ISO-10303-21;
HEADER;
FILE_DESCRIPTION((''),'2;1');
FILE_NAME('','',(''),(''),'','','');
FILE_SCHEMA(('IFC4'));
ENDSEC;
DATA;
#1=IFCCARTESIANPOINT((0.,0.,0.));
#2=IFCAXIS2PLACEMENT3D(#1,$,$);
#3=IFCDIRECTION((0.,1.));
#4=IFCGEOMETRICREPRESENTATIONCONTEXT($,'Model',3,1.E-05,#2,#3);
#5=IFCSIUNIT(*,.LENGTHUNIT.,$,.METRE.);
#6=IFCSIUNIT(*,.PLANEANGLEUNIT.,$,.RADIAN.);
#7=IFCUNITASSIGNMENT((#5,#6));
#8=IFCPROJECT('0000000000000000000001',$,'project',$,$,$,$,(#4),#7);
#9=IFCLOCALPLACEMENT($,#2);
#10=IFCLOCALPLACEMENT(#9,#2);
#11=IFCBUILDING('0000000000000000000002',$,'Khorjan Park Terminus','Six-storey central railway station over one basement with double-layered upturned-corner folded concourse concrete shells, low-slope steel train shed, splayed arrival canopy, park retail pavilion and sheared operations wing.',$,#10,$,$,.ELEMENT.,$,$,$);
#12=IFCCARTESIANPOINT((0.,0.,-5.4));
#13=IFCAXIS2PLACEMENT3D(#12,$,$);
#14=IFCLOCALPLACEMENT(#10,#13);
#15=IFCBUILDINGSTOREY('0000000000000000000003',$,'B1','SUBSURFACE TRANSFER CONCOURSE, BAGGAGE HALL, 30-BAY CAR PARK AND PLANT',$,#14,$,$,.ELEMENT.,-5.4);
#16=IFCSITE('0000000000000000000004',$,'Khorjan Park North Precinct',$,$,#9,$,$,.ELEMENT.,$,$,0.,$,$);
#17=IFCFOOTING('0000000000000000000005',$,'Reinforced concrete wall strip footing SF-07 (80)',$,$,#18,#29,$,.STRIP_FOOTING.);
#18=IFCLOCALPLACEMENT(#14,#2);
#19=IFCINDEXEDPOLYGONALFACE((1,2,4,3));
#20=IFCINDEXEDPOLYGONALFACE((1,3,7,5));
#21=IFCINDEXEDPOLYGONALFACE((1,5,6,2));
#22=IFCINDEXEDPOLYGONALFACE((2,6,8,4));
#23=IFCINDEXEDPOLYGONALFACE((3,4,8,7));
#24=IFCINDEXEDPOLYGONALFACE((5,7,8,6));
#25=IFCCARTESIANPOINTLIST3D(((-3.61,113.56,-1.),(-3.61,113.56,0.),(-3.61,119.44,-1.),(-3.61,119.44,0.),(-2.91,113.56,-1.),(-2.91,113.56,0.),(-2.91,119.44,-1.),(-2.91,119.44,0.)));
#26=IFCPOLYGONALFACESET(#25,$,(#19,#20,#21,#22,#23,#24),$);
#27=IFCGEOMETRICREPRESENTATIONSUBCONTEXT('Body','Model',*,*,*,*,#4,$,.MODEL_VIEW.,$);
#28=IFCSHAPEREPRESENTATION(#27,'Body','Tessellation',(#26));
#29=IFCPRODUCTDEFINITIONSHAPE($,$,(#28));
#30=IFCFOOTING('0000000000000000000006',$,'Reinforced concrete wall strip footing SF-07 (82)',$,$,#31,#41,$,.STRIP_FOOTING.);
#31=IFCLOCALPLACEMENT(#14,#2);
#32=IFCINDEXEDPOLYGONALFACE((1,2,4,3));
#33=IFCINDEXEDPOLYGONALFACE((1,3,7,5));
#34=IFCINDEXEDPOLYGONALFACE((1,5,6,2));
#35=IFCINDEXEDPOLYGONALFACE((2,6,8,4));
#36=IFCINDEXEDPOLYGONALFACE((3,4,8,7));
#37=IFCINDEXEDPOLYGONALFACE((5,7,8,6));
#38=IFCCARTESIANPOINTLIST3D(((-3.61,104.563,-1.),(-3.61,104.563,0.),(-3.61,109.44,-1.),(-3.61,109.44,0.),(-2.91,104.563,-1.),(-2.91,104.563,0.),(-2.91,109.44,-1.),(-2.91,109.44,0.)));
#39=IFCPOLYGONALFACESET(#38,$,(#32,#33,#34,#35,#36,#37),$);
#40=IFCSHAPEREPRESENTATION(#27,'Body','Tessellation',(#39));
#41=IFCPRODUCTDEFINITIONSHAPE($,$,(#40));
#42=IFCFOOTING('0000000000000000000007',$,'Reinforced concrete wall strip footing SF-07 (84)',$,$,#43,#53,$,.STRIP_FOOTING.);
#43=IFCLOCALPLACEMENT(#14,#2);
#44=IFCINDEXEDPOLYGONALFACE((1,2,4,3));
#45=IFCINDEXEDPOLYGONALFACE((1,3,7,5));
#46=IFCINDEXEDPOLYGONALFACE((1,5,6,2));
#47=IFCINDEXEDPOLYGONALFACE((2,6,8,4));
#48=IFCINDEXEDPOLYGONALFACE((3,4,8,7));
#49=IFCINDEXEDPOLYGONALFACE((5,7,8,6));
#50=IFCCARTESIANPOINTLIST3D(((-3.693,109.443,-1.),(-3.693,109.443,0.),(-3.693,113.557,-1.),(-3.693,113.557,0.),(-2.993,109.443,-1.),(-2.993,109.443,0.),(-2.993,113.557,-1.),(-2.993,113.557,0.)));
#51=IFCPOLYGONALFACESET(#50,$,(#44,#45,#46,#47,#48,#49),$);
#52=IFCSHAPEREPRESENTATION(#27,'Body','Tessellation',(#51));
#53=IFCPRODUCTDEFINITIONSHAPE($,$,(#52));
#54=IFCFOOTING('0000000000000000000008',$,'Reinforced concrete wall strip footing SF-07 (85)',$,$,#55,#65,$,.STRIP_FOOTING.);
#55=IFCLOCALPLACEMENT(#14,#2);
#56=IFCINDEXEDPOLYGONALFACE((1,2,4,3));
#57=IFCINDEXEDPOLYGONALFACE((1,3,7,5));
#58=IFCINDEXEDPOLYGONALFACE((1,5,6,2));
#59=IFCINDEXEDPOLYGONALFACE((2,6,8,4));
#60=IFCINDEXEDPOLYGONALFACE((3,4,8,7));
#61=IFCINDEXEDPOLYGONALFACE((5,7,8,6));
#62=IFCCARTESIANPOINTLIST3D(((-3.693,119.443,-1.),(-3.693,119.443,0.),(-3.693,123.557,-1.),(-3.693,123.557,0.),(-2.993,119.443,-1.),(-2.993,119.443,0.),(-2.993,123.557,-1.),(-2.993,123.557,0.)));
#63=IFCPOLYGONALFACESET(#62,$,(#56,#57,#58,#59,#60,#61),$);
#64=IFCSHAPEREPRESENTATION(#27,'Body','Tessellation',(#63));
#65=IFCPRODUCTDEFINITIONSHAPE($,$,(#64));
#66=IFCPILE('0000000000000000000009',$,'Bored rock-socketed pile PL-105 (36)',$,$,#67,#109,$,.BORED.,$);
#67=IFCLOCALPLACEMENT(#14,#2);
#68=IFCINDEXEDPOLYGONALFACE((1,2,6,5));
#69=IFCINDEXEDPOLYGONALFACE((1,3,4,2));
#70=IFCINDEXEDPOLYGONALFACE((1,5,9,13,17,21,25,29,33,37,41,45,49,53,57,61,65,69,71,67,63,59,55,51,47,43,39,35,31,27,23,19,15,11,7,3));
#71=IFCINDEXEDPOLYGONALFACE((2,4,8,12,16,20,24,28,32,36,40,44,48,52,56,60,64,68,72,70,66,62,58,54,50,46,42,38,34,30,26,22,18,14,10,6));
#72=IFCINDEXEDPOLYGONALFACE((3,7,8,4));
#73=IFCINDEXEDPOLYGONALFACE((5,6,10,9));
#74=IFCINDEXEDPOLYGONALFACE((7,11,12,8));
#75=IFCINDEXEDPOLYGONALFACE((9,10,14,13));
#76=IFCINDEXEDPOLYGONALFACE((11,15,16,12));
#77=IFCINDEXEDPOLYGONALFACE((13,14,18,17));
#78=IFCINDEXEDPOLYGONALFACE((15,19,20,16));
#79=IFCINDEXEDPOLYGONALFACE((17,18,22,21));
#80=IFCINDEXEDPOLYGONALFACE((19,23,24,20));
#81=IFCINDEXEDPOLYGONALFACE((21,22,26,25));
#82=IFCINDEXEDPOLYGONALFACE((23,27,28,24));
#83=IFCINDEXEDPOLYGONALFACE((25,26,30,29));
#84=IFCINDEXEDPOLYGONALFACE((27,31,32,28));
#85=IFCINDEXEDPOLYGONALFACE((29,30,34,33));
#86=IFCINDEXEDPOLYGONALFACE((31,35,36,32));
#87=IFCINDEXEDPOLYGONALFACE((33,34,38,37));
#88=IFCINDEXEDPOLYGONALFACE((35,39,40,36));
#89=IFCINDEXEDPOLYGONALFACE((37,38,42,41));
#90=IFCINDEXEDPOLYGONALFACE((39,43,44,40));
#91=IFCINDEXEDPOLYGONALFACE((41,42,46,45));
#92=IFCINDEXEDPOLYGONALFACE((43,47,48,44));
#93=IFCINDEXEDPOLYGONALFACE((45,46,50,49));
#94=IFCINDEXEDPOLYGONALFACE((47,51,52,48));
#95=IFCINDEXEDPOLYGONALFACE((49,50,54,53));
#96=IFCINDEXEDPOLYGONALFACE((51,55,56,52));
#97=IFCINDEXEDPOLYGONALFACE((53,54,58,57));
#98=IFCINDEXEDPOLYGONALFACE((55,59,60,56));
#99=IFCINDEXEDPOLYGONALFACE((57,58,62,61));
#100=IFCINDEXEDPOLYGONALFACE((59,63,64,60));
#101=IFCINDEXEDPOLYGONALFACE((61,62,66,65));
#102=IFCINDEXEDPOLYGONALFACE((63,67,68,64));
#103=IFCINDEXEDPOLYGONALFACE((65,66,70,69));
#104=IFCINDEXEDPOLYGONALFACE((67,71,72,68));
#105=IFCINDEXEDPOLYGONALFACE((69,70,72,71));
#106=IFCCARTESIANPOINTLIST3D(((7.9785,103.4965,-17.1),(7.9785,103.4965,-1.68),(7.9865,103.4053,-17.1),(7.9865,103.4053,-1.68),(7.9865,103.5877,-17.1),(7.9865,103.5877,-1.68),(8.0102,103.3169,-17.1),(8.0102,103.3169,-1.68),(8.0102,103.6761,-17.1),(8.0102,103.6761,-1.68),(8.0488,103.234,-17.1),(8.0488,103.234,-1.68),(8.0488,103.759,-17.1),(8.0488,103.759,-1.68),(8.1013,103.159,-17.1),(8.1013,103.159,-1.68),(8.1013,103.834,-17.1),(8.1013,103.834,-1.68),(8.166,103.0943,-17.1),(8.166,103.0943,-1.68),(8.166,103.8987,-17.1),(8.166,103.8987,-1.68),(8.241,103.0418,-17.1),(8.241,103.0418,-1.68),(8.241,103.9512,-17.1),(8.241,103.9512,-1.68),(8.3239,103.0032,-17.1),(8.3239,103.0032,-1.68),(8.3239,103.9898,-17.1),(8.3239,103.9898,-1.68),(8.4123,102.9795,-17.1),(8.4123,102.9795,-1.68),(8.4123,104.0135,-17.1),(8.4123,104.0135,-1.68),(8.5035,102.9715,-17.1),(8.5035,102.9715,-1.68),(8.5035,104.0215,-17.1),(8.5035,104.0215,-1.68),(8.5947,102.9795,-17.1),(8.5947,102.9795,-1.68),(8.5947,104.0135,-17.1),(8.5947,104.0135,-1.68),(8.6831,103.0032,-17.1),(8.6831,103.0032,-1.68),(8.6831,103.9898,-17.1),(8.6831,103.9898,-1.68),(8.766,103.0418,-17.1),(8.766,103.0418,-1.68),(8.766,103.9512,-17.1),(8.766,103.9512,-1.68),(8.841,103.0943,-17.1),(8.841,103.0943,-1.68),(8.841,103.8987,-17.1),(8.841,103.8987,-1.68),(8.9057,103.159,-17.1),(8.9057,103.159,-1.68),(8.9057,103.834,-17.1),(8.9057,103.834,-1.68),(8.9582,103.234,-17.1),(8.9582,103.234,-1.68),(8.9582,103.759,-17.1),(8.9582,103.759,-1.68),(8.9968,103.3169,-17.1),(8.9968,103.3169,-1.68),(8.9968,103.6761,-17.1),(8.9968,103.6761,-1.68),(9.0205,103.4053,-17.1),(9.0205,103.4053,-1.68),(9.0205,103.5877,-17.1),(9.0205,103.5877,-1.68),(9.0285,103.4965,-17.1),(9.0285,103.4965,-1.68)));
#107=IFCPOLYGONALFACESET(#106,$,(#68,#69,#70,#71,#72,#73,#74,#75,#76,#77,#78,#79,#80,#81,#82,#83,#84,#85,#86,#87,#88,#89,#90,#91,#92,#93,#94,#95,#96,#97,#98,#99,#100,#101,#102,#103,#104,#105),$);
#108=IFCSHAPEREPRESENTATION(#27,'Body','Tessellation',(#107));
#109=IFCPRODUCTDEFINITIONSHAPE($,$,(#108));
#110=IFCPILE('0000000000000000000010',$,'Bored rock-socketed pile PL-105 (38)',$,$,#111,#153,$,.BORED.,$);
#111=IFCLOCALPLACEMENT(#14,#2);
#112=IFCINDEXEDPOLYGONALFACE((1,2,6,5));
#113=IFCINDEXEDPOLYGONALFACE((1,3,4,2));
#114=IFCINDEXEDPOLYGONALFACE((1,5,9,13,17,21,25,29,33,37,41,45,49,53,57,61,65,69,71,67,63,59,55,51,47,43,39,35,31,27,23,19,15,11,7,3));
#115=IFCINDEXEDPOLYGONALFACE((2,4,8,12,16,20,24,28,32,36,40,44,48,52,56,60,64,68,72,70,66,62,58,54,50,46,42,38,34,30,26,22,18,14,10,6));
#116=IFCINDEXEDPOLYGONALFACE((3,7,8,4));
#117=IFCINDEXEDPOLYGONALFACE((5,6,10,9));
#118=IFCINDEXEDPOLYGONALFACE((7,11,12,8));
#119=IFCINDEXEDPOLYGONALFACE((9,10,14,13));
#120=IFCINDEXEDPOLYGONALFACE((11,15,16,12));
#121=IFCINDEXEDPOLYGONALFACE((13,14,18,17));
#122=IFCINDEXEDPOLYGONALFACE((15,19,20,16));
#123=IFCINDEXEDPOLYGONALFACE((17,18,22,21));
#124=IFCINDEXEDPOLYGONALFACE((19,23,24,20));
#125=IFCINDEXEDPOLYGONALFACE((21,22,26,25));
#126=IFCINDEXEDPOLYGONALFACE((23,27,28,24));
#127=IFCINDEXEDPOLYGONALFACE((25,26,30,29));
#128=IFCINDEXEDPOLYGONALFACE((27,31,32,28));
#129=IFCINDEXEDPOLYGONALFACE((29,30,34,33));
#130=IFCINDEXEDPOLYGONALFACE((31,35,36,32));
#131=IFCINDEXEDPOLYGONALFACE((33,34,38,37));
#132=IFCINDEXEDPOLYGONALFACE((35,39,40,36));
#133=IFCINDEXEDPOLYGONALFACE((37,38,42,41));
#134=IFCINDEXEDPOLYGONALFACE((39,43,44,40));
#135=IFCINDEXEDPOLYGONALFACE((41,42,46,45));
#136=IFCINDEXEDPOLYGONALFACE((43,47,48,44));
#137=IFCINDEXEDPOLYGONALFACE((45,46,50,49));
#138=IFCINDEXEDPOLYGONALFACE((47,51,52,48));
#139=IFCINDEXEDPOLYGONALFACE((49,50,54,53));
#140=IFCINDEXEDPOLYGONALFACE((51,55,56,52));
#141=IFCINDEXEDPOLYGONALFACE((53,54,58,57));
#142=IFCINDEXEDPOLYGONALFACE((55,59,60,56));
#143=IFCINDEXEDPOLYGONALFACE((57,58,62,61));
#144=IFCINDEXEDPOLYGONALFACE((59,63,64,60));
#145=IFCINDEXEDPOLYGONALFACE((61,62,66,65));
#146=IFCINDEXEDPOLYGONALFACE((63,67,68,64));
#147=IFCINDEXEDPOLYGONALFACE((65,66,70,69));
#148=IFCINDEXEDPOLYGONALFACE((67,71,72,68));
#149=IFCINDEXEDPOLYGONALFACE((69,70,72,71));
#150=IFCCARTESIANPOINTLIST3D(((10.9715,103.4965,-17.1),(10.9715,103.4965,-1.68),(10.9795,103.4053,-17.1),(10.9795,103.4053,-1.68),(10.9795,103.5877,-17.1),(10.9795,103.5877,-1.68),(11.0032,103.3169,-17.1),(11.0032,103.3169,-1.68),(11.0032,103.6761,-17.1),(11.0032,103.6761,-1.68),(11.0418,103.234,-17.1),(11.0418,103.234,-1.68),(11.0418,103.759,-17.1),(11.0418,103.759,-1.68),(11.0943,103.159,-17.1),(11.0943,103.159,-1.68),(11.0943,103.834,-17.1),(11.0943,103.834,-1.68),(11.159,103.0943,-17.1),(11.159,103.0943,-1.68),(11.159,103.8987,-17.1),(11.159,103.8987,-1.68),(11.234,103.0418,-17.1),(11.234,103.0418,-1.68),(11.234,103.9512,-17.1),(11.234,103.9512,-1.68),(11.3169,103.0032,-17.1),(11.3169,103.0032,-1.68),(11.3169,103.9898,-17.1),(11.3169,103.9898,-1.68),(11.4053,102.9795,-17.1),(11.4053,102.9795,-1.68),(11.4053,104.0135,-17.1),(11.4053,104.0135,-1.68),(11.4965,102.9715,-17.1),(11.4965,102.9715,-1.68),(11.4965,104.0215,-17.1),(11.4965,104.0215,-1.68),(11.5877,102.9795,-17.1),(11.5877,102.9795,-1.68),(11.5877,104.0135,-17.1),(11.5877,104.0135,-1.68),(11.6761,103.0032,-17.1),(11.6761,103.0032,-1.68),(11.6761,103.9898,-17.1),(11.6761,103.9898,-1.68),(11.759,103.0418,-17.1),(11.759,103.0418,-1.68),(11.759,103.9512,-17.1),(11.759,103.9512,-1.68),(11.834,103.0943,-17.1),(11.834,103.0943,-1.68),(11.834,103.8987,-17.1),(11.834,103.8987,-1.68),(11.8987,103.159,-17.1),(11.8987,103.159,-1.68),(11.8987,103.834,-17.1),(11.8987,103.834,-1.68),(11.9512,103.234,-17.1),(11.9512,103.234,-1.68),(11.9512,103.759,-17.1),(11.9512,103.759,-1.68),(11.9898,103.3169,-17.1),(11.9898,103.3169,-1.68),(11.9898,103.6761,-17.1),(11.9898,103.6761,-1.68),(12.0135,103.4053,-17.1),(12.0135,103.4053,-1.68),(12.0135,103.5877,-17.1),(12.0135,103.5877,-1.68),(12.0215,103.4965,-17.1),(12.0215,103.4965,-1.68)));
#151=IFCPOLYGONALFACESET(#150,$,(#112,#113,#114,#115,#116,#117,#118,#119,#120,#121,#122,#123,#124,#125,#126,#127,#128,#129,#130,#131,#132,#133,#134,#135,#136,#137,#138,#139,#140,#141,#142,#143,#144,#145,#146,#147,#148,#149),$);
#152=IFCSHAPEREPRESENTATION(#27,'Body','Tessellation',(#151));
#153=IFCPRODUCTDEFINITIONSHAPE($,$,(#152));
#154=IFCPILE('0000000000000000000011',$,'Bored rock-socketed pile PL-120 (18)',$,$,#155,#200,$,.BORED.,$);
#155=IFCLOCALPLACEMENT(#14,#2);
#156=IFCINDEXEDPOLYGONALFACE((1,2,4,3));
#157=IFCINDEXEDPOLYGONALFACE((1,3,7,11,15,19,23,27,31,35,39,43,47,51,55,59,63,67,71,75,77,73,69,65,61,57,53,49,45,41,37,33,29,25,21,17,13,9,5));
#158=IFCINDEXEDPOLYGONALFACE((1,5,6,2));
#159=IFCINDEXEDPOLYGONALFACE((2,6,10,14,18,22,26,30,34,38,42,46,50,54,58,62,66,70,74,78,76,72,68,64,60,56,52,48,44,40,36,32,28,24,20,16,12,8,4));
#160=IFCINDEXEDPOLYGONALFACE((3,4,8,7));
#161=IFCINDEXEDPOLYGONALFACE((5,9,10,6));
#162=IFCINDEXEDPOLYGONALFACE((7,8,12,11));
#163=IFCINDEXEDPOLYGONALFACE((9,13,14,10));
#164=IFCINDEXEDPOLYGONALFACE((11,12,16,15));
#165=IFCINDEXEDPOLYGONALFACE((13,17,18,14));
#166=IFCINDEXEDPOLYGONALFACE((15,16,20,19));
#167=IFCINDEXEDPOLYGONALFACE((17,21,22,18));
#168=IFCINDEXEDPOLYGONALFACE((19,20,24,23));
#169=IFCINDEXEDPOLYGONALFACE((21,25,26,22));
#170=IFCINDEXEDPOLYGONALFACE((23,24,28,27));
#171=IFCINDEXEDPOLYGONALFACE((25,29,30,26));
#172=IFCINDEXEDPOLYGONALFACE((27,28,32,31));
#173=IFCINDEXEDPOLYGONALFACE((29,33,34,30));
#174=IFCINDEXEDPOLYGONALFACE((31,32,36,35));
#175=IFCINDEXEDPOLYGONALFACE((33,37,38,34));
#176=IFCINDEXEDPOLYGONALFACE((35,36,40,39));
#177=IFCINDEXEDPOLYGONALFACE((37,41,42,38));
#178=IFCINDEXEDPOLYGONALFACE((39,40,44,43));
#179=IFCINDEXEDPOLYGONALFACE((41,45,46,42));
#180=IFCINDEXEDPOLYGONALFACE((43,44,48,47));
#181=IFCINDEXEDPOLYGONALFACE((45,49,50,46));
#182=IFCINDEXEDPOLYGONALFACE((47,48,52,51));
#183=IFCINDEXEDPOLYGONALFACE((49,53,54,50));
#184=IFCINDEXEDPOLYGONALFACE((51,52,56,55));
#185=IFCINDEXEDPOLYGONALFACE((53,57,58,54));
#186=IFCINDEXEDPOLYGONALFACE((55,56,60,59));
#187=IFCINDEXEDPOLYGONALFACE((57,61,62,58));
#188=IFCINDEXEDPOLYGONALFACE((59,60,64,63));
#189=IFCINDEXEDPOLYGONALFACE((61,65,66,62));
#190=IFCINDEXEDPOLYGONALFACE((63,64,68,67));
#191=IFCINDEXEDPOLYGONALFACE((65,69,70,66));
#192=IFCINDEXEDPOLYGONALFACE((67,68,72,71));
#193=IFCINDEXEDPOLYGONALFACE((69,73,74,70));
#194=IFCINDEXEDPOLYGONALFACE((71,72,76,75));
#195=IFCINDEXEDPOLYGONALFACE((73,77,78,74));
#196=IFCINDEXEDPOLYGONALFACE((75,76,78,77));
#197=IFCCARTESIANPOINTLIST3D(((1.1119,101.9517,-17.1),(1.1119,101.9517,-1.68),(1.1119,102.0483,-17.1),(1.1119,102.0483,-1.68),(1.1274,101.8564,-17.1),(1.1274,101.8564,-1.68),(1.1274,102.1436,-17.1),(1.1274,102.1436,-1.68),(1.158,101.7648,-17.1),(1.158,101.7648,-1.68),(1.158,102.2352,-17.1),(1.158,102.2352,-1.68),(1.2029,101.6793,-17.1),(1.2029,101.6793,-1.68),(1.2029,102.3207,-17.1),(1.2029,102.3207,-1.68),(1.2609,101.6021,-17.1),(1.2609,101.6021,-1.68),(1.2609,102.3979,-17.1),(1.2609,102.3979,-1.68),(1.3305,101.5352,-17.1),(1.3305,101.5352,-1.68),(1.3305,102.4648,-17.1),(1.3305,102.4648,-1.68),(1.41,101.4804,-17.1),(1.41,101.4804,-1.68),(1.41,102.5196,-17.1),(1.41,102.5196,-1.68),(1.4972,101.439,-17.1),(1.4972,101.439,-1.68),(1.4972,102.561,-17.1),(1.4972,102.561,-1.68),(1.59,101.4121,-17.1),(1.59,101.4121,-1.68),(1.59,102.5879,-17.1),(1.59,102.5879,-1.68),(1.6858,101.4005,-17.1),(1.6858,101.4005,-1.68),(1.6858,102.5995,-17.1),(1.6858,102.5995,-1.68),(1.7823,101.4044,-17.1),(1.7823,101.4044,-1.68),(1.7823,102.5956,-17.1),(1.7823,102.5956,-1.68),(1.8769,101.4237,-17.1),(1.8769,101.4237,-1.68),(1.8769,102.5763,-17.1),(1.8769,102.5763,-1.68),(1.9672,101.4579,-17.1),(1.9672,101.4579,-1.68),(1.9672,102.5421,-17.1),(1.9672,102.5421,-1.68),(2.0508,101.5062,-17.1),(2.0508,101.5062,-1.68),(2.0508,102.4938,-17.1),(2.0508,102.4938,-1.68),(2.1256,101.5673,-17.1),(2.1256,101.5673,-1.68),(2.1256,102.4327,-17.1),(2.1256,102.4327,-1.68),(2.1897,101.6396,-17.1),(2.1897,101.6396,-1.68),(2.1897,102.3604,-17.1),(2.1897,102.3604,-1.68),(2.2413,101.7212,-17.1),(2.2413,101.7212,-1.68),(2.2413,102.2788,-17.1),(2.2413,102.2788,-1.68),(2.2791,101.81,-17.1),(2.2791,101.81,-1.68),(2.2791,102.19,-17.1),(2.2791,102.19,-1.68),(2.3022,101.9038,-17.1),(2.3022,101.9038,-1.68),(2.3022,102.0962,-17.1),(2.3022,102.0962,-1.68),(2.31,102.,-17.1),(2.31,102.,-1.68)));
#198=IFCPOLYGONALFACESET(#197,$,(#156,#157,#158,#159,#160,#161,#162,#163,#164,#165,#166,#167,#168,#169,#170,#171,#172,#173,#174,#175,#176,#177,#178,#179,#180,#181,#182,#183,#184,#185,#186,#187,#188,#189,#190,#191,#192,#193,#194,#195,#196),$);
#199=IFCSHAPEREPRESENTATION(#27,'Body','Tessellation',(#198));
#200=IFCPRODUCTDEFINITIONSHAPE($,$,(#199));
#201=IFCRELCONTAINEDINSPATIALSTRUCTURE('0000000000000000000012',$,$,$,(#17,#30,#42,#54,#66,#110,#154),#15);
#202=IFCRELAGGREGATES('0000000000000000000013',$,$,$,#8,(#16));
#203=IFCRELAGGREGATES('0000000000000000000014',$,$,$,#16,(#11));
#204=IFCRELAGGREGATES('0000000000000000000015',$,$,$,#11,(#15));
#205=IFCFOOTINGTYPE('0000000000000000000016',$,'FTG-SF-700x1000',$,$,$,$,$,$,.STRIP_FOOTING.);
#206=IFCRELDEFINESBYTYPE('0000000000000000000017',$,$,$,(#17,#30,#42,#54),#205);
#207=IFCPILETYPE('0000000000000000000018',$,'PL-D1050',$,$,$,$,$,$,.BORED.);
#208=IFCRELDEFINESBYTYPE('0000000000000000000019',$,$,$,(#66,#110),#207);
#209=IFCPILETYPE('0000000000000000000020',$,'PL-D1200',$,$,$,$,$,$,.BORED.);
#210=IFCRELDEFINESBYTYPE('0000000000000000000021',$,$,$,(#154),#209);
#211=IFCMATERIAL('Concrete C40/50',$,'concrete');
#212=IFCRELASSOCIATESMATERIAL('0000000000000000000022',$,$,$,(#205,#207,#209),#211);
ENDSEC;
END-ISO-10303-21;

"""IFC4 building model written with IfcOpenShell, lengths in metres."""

from ifc_helpers import new_model, si_unit, direction, frame, origin, origin_2d, place, context, subcontext, project, spatial, rectangle, circle, extrude, material, material_profile, profile_set, type_object, element, save


model = new_model("IFC4")

# Units and contexts
model_context = context("Model", 3, precision=1e-05, world=origin(), true_north=direction((0.0, 1.0)))
body_context = subcontext(model_context, "Body", "Model", "MODEL_VIEW")
ifc_project = project(units=[si_unit("LENGTHUNIT", "METRE"), si_unit("PLANEANGLEUNIT", "RADIAN")], contexts=[model_context])

# Site, building, storey
site_placement = place(None, origin())
site = spatial("IfcSite", under=ifc_project, at=site_placement, Name="Khorjan Park North Precinct", CompositionType="ELEMENT", RefElevation=0.0)
building_placement = place(site_placement, origin())
building = spatial("IfcBuilding", under=site, at=building_placement, Name="Khorjan Park Terminus", Description="Six-storey central railway station over one basement with double-layered upturned-corner folded concourse concrete shells, low-slope steel train shed, splayed arrival canopy, park retail pavilion and sheared operations wing.", CompositionType="ELEMENT")
storey_placement = place(building_placement, frame((0.0, 0.0, -5.4)))
storey = spatial("IfcBuildingStorey", under=building, at=storey_placement, Name="B1", Description="SUBSURFACE TRANSFER CONCOURSE, BAGGAGE HALL, 30-BAY CAR PARK AND PLANT", CompositionType="ELEMENT", Elevation=-5.4)

# Footings
ifc_material_1 = material(Name="Concrete C40/50", Category="concrete")
ifc_material_profile_1 = material_profile(ifc_material_1, rectangle(XDim=0.7, YDim=1.0, at=origin_2d()), Name="RC 700x1000")
ifc_profile_set_1 = profile_set([ifc_material_profile_1], Name="Concrete C40/50")
footing_type_1 = type_object("IfcFootingType", Name="FTG-SF-700x1000", PredefinedType="STRIP_FOOTING", material=ifc_profile_set_1)
footing_1_placement = place(storey_placement, frame((-3.26, 113.56, -0.5), z_axis=(0.0, 1.0, 0.0), x_axis=(-1.0, 0.0, 0.0)))
element("IfcFooting", 1, at=footing_1_placement, inside=storey, type_object=footing_type_1, Name="Reinforced concrete wall strip footing SF-07 (80)", PredefinedType="STRIP_FOOTING", context=body_context, shape_type="SweptSolid", body=[
    extrude(rectangle(XDim=0.7, YDim=1.0, at=origin_2d()), origin(), (0.0, 0.0, 1.0), 5.88),
])
footing_2_placement = place(storey_placement, frame((-3.26, 104.563, -0.5), z_axis=(0.0, 1.0, 0.0), x_axis=(-1.0, 0.0, 0.0)))
element("IfcFooting", 2, at=footing_2_placement, inside=storey, type_object=footing_type_1, Name="Reinforced concrete wall strip footing SF-07 (82)", PredefinedType="STRIP_FOOTING", context=body_context, shape_type="SweptSolid", body=[
    extrude(rectangle(XDim=0.7, YDim=1.0, at=origin_2d()), origin(), (0.0, 0.0, 1.0), 4.877),
])
for number, where, z_axis, x_axis, name in (
    (3, (-3.343, 109.443, -0.5), (0.0, 1.0, 0.0), (-1.0, 0.0, 0.0), "Reinforced concrete wall strip footing SF-07 (84)"),
    (4, (-3.343, 119.443, -0.5), (0.0, 1.0, 0.0), (-1.0, 0.0, 0.0), "Reinforced concrete wall strip footing SF-07 (85)"),
):
    element("IfcFooting", number, at=place(storey_placement, frame(where, z_axis=z_axis, x_axis=x_axis)), inside=storey, type_object=footing_type_1, Name=name, PredefinedType="STRIP_FOOTING", context=body_context, shape_type="SweptSolid", body=[
        extrude(rectangle(XDim=0.7, YDim=1.0, at=origin_2d()), origin(), (0.0, 0.0, 1.0), 4.114),
    ])

# Piles
ifc_material_profile_2 = material_profile(ifc_material_1, circle(Radius=0.525, at=origin_2d()), Name="BORED D1050")
ifc_profile_set_2 = profile_set([ifc_material_profile_2], Name="Concrete C40/50")
pile_type_1 = type_object("IfcPileType", Name="PL-D1050", PredefinedType="BORED", material=ifc_profile_set_2)
for number, where, z_axis, x_axis, name in (
    (5, (8.5035, 103.4965, -1.68), (0.0, 0.0, -1.0), (1.0, 0.0, 0.0), "Bored rock-socketed pile PL-105 (36)"),
    (6, (11.4965, 103.4965, -1.68), (0.0, 0.0, -1.0), (1.0, 0.0, 0.0), "Bored rock-socketed pile PL-105 (38)"),
):
    element("IfcPile", number, at=place(storey_placement, frame(where, z_axis=z_axis, x_axis=x_axis)), inside=storey, type_object=pile_type_1, Name=name, PredefinedType="BORED", context=body_context, shape_type="SweptSolid", body=[
        extrude(circle(Radius=0.525, at=origin_2d()), origin(), (0.0, 0.0, 1.0), 15.42),
    ])
ifc_material_profile_3 = material_profile(ifc_material_1, circle(Radius=0.6, at=origin_2d()), Name="BORED D1200")
ifc_profile_set_3 = profile_set([ifc_material_profile_3], Name="Concrete C40/50")
pile_type_2 = type_object("IfcPileType", Name="PL-D1200", PredefinedType="BORED", material=ifc_profile_set_3)
pile_1_placement = place(storey_placement, frame((1.71, 102.0, -1.68), z_axis=(0.0, 0.0, -1.0), x_axis=(1.0, 0.0, 0.0)))
element("IfcPile", 7, at=pile_1_placement, inside=storey, type_object=pile_type_2, Name="Bored rock-socketed pile PL-120 (18)", PredefinedType="BORED", context=body_context, shape_type="SweptSolid", body=[
    extrude(circle(Radius=0.6, at=origin_2d()), origin(), (0.0, 0.0, 1.0), 15.42),
])

save(model, "model.ifc")
